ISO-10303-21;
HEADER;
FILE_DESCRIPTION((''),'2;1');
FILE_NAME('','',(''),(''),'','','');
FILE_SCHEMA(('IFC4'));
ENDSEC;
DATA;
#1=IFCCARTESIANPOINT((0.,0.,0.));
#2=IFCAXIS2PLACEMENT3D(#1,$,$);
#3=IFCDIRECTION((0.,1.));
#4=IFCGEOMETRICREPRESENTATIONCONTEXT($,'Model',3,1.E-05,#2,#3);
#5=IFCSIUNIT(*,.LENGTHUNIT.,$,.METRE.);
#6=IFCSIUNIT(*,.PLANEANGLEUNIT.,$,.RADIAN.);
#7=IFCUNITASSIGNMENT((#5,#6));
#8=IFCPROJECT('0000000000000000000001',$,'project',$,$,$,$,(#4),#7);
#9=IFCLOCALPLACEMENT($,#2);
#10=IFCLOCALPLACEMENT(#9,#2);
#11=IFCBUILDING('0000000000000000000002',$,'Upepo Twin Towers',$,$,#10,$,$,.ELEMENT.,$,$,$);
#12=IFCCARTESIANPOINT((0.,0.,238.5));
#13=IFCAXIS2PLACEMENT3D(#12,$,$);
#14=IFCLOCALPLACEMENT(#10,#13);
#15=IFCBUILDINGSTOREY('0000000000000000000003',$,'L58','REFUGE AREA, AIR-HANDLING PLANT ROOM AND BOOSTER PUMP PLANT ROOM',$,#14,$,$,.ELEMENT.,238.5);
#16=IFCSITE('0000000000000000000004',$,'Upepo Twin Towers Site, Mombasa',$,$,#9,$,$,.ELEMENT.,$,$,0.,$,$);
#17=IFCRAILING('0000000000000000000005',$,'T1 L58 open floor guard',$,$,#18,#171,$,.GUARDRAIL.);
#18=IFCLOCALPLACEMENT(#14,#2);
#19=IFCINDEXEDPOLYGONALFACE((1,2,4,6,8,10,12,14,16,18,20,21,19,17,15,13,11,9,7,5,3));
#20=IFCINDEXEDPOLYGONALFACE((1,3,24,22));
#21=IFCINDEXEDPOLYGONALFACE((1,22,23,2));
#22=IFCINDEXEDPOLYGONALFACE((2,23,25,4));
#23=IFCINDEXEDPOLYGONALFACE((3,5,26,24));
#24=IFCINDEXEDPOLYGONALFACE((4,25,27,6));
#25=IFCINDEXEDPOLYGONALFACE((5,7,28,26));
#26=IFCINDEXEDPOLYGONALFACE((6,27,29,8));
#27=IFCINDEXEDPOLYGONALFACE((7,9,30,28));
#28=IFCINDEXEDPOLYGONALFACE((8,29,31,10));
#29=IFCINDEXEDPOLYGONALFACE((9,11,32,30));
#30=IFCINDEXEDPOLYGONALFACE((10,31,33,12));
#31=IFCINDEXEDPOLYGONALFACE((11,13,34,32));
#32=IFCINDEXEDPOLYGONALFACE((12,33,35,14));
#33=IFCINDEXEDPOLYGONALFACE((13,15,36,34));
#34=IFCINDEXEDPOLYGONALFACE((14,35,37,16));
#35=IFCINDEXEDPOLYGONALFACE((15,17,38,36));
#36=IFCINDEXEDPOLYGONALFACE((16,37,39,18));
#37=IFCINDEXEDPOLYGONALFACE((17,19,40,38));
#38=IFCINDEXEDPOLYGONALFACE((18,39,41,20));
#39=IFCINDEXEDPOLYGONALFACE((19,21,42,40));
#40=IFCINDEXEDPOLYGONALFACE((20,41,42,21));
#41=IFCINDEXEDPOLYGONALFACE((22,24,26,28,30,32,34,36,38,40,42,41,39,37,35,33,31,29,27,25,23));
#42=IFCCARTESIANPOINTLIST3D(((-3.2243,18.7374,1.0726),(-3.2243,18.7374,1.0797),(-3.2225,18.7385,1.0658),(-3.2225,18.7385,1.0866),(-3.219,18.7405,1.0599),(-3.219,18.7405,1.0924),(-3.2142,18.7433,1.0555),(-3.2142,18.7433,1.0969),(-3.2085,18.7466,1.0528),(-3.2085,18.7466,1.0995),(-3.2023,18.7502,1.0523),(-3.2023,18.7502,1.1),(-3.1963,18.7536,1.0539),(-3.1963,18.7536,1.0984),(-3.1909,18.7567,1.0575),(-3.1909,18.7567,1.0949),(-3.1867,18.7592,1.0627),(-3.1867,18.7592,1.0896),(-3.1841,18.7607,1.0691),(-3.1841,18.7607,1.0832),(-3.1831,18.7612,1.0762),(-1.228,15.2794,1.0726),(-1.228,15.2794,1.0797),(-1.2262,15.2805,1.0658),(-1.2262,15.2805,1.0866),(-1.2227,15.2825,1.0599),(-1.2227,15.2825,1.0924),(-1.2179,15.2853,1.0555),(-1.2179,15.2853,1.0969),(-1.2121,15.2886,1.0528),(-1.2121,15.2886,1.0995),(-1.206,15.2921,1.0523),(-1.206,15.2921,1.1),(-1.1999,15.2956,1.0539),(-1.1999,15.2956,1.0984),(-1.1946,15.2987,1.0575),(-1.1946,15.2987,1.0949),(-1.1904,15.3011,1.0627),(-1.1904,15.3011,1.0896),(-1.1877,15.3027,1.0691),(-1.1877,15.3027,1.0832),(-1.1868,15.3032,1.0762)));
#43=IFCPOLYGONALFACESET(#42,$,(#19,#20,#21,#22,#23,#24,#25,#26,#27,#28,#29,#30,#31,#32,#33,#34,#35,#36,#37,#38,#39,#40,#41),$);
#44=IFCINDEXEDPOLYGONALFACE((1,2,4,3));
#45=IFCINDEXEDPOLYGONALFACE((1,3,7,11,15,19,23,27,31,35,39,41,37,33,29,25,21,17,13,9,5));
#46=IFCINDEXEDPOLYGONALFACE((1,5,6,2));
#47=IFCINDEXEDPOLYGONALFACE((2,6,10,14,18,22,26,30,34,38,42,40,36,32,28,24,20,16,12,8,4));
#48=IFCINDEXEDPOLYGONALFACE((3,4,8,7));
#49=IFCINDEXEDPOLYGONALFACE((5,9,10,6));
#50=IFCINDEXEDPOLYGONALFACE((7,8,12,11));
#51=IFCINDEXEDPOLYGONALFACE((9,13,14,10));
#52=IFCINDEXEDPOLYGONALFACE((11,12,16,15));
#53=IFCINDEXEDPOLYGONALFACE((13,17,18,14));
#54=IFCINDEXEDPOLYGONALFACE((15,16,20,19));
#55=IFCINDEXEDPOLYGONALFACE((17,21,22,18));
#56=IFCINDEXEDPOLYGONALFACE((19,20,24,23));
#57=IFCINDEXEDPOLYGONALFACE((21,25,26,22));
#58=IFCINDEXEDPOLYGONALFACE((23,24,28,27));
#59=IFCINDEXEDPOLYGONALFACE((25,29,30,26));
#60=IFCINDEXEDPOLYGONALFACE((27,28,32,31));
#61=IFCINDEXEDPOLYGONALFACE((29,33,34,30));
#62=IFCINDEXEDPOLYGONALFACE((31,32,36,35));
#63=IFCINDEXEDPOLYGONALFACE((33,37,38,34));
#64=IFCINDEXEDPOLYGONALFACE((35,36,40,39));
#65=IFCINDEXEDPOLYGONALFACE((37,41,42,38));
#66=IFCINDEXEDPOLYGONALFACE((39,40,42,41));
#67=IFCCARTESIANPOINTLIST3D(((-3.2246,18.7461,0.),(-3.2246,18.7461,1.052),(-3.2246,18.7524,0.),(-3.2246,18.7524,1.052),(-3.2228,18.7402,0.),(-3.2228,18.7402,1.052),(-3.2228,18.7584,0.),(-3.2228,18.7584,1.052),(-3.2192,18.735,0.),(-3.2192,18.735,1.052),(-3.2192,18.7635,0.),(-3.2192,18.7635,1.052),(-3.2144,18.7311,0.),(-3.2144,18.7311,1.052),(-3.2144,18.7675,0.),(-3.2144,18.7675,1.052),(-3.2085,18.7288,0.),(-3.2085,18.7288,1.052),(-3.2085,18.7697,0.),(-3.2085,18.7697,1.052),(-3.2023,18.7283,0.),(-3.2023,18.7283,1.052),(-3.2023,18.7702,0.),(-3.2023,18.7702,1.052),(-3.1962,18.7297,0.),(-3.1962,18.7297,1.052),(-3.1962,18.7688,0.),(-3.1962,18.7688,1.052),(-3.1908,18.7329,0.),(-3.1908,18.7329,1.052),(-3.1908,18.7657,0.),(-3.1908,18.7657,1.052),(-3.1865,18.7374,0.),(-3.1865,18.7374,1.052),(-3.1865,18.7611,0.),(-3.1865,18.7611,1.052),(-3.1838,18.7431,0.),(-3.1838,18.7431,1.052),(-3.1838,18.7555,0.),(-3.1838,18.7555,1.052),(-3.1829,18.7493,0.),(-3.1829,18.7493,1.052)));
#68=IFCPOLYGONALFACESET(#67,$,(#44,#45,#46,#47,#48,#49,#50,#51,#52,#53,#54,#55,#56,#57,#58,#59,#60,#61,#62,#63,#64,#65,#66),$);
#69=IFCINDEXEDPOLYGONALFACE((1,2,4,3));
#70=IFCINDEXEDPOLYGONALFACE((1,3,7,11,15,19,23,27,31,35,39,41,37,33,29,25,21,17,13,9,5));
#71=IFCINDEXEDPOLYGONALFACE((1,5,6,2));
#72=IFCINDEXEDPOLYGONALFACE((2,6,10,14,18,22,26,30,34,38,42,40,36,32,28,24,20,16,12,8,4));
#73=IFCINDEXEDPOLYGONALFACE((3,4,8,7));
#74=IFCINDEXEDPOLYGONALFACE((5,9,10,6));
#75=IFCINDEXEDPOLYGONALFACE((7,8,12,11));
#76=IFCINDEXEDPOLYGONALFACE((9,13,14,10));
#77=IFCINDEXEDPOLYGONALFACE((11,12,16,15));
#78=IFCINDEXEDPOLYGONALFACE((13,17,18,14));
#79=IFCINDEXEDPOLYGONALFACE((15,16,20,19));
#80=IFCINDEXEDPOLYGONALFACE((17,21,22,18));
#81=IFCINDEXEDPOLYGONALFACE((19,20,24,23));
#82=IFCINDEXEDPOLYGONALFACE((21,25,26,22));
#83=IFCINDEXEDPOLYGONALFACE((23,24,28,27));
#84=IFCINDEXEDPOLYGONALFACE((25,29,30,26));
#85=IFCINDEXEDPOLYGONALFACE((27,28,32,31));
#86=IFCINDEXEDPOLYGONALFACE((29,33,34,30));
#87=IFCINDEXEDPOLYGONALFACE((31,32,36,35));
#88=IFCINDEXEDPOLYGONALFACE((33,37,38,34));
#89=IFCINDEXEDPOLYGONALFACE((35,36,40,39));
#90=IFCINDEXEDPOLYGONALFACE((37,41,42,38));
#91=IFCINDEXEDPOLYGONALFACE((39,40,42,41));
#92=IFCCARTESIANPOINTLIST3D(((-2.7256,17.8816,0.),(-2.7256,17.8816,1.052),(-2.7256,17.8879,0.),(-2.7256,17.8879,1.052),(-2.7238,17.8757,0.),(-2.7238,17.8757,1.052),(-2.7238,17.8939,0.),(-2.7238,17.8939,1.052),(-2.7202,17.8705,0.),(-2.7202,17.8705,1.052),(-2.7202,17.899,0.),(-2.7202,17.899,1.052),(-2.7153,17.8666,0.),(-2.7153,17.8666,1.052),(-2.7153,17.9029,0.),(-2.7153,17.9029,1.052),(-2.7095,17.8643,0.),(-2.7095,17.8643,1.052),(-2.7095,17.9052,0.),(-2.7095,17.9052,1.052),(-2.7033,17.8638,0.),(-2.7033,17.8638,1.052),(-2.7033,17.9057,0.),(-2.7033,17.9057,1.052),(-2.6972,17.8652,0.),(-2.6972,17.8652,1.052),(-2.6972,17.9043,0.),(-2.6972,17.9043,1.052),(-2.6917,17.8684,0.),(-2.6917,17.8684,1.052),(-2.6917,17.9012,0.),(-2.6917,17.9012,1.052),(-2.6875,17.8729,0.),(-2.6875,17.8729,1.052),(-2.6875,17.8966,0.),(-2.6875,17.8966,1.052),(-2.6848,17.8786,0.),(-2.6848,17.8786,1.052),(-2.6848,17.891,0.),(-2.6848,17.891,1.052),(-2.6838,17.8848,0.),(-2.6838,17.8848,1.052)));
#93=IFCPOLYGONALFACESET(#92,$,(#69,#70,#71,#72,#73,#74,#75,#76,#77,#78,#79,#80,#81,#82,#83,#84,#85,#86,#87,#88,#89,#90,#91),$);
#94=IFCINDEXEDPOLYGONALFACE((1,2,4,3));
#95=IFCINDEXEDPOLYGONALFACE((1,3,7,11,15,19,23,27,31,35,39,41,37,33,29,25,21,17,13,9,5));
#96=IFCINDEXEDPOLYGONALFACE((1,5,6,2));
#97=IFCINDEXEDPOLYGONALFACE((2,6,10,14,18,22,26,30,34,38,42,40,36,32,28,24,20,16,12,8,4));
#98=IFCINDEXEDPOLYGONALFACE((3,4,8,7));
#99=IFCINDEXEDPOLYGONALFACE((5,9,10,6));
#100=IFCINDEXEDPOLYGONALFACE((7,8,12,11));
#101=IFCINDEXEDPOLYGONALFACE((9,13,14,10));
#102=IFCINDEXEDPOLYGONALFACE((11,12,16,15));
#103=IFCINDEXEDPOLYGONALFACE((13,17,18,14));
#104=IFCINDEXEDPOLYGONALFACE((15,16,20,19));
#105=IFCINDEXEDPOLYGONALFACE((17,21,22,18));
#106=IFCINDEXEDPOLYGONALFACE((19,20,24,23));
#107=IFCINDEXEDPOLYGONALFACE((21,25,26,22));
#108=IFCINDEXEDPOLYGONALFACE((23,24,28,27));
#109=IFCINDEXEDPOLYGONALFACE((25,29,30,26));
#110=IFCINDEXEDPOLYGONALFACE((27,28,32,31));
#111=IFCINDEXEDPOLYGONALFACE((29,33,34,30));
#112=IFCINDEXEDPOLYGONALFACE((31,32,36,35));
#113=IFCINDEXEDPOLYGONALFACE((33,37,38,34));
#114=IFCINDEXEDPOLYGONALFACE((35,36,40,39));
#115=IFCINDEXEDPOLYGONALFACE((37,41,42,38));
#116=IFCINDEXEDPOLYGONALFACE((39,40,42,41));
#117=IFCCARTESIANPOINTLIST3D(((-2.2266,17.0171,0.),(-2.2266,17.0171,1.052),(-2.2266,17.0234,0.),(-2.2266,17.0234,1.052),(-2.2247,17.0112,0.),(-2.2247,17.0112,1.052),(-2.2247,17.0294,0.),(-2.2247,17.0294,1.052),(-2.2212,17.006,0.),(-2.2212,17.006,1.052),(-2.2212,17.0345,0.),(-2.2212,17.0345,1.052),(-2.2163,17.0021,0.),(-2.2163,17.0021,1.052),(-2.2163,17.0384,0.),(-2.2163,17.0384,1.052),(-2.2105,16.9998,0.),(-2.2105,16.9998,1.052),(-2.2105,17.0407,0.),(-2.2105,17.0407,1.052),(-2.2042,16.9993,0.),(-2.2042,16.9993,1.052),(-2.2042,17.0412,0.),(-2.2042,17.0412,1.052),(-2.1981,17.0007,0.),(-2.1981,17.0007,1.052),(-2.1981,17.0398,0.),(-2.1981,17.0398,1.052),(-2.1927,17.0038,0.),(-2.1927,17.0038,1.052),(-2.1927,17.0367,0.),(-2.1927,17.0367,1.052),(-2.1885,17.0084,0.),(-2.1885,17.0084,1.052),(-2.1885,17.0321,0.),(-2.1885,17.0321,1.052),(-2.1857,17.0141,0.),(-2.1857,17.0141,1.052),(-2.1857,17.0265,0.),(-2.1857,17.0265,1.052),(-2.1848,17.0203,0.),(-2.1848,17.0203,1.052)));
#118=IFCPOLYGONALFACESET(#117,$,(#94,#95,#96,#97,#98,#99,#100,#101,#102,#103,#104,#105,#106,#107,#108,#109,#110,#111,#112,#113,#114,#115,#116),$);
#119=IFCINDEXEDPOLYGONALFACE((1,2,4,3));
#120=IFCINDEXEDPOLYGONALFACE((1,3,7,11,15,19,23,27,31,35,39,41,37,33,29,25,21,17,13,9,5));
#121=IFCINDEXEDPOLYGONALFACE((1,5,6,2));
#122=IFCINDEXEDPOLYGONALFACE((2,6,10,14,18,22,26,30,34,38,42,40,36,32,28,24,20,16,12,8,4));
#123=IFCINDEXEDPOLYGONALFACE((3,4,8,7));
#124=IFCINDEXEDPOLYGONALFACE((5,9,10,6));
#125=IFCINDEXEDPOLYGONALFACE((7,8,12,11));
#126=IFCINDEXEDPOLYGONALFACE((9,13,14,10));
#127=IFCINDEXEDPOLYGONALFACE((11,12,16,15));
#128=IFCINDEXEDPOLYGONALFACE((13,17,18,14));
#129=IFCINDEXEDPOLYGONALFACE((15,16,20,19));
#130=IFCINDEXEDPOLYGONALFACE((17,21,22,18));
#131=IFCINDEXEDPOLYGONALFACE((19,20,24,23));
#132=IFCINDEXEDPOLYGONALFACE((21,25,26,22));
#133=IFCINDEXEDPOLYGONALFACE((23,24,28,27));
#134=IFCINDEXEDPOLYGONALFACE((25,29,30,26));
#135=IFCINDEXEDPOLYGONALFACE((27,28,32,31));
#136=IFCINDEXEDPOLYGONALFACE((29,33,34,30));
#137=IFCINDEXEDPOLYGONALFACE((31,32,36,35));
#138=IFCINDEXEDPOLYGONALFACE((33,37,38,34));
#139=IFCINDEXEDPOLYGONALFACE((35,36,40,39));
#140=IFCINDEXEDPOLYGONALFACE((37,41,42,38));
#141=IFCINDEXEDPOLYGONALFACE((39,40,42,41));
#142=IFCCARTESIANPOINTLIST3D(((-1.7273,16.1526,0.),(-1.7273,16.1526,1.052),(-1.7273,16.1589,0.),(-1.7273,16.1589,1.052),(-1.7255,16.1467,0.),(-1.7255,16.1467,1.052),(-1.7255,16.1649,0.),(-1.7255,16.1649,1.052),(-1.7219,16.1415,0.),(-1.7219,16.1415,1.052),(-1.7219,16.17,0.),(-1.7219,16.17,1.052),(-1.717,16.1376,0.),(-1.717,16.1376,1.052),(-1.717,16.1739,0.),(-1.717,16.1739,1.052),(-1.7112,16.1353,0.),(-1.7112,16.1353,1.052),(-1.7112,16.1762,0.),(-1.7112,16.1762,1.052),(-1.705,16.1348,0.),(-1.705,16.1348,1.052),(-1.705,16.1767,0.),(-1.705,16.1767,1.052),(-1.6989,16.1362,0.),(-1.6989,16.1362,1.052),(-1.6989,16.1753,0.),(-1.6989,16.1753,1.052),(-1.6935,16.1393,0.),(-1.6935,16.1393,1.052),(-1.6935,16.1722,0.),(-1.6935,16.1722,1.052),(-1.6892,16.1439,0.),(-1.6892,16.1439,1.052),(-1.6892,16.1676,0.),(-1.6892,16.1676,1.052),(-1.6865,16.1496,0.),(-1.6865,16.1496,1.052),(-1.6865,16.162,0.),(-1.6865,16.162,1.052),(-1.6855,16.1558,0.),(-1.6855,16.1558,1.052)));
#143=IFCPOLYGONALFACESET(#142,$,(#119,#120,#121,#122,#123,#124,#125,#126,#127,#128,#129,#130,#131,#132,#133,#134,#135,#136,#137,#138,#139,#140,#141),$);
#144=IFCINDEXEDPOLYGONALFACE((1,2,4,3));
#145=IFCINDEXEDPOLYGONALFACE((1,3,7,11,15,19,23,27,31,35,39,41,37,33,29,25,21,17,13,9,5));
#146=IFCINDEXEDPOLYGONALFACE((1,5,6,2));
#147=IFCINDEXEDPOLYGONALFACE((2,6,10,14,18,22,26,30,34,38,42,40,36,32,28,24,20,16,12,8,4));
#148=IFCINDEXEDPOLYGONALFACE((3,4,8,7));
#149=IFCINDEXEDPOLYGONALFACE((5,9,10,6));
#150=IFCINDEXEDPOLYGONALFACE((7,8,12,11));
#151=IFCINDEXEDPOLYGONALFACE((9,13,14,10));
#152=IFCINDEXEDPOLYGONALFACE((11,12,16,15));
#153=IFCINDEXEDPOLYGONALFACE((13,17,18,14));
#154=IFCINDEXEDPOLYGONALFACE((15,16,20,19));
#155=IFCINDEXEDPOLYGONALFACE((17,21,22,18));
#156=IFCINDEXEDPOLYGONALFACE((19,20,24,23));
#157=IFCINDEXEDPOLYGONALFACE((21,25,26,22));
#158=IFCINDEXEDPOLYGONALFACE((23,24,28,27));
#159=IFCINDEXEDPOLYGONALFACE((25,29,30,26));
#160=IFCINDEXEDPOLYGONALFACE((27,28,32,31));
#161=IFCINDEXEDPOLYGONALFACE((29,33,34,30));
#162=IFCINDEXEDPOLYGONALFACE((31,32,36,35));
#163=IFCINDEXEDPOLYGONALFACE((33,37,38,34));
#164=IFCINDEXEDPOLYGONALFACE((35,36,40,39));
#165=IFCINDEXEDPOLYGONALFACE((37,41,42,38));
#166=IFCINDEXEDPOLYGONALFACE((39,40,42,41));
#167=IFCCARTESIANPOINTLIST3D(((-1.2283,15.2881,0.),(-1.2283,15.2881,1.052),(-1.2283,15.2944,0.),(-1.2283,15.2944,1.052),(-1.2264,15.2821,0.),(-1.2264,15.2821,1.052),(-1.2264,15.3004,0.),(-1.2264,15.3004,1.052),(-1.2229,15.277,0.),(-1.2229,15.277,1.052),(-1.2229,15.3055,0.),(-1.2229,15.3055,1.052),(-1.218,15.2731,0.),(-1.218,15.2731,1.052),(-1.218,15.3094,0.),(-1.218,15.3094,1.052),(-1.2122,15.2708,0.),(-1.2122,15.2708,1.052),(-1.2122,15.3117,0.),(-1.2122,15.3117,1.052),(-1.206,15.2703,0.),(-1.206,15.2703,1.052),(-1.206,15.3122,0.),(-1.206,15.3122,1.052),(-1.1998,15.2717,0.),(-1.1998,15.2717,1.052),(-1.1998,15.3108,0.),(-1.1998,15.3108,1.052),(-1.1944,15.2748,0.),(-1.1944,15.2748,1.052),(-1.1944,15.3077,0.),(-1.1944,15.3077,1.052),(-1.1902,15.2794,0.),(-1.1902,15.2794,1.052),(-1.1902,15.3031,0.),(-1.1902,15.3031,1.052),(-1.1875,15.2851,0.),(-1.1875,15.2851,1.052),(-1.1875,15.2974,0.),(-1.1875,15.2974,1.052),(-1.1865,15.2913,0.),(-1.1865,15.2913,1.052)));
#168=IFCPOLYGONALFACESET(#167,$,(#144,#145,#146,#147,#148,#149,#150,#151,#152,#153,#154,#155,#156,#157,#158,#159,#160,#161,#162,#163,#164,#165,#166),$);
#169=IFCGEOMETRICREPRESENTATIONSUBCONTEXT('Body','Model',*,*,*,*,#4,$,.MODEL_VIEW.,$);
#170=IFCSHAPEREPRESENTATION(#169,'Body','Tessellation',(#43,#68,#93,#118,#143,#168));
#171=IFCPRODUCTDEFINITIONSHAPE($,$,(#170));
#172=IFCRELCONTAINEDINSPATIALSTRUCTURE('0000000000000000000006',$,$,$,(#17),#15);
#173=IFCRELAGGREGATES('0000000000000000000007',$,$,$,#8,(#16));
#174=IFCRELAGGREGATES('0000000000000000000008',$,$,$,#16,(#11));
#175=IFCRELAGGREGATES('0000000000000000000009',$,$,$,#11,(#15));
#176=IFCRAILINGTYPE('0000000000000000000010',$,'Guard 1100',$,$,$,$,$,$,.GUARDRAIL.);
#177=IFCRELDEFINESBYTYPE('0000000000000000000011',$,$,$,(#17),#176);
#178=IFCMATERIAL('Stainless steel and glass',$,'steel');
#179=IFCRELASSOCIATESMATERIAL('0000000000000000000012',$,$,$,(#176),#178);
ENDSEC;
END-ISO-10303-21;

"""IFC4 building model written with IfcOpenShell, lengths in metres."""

from ifc_helpers import new_model, si_unit, direction, frame, origin, origin_2d, place, context, subcontext, project, spatial, circle, extrude, material, type_object, element, save


model = new_model("IFC4")

# Units and contexts
model_context = context("Model", 3, precision=1e-05, world=origin(), true_north=direction((0.0, 1.0)))
body_context = subcontext(model_context, "Body", "Model", "MODEL_VIEW")
ifc_project = project(units=[si_unit("LENGTHUNIT", "METRE"), si_unit("PLANEANGLEUNIT", "RADIAN")], contexts=[model_context])

# Site, building, storey
site_placement = place(None, origin())
site = spatial("IfcSite", under=ifc_project, at=site_placement, Name="Upepo Twin Towers Site, Mombasa", CompositionType="ELEMENT", RefElevation=0.0)
building_placement = place(site_placement, origin())
building = spatial("IfcBuilding", under=site, at=building_placement, Name="Upepo Twin Towers", CompositionType="ELEMENT")
storey_placement = place(building_placement, frame((0.0, 0.0, 238.5)))
storey = spatial("IfcBuildingStorey", under=building, at=storey_placement, Name="L58", Description="REFUGE AREA, AIR-HANDLING PLANT ROOM AND BOOSTER PUMP PLANT ROOM", CompositionType="ELEMENT", Elevation=238.5)

# Railing
ifc_material_1 = material(Name="Stainless steel and glass", Category="steel")
railing_type = type_object("IfcRailingType", Name="Guard 1100", PredefinedType="GUARDRAIL", material=ifc_material_1)
railing_1_placement = place(storey_placement, frame((-3.2039, 18.7493, 0.0)))
element("IfcRailing", 1, at=railing_1_placement, inside=storey, type_object=railing_type, Name="T1 L58 open floor guard", PredefinedType="GUARDRAIL", context=body_context, shape_type="SweptSolid", body=[
    extrude(circle(Radius=0.0239, at=origin_2d()), frame((0.0, 0.0, 1.0762), z_axis=(0.499973, -0.866041, 0.0), x_axis=(0.866041, 0.499973, 0.0)), (0.0, 0.0, 1.0), 3.9929),
    extrude(circle(Radius=0.021, at=origin_2d()), origin(), (0.0, 0.0, 1.0), 1.052),
    extrude(circle(Radius=0.021, at=origin_2d()), frame((0.499, -0.8645, 0.0)), (0.0, 0.0, 1.0), 1.052),
    extrude(circle(Radius=0.021, at=origin_2d()), frame((0.998, -1.729, 0.0)), (0.0, 0.0, 1.0), 1.052),
    extrude(circle(Radius=0.021, at=origin_2d()), frame((1.4973, -2.5935, 0.0)), (0.0, 0.0, 1.0), 1.052),
    extrude(circle(Radius=0.021, at=origin_2d()), frame((1.9963, -3.458, 0.0)), (0.0, 0.0, 1.0), 1.052),
])

save(model, "model.ifc")
